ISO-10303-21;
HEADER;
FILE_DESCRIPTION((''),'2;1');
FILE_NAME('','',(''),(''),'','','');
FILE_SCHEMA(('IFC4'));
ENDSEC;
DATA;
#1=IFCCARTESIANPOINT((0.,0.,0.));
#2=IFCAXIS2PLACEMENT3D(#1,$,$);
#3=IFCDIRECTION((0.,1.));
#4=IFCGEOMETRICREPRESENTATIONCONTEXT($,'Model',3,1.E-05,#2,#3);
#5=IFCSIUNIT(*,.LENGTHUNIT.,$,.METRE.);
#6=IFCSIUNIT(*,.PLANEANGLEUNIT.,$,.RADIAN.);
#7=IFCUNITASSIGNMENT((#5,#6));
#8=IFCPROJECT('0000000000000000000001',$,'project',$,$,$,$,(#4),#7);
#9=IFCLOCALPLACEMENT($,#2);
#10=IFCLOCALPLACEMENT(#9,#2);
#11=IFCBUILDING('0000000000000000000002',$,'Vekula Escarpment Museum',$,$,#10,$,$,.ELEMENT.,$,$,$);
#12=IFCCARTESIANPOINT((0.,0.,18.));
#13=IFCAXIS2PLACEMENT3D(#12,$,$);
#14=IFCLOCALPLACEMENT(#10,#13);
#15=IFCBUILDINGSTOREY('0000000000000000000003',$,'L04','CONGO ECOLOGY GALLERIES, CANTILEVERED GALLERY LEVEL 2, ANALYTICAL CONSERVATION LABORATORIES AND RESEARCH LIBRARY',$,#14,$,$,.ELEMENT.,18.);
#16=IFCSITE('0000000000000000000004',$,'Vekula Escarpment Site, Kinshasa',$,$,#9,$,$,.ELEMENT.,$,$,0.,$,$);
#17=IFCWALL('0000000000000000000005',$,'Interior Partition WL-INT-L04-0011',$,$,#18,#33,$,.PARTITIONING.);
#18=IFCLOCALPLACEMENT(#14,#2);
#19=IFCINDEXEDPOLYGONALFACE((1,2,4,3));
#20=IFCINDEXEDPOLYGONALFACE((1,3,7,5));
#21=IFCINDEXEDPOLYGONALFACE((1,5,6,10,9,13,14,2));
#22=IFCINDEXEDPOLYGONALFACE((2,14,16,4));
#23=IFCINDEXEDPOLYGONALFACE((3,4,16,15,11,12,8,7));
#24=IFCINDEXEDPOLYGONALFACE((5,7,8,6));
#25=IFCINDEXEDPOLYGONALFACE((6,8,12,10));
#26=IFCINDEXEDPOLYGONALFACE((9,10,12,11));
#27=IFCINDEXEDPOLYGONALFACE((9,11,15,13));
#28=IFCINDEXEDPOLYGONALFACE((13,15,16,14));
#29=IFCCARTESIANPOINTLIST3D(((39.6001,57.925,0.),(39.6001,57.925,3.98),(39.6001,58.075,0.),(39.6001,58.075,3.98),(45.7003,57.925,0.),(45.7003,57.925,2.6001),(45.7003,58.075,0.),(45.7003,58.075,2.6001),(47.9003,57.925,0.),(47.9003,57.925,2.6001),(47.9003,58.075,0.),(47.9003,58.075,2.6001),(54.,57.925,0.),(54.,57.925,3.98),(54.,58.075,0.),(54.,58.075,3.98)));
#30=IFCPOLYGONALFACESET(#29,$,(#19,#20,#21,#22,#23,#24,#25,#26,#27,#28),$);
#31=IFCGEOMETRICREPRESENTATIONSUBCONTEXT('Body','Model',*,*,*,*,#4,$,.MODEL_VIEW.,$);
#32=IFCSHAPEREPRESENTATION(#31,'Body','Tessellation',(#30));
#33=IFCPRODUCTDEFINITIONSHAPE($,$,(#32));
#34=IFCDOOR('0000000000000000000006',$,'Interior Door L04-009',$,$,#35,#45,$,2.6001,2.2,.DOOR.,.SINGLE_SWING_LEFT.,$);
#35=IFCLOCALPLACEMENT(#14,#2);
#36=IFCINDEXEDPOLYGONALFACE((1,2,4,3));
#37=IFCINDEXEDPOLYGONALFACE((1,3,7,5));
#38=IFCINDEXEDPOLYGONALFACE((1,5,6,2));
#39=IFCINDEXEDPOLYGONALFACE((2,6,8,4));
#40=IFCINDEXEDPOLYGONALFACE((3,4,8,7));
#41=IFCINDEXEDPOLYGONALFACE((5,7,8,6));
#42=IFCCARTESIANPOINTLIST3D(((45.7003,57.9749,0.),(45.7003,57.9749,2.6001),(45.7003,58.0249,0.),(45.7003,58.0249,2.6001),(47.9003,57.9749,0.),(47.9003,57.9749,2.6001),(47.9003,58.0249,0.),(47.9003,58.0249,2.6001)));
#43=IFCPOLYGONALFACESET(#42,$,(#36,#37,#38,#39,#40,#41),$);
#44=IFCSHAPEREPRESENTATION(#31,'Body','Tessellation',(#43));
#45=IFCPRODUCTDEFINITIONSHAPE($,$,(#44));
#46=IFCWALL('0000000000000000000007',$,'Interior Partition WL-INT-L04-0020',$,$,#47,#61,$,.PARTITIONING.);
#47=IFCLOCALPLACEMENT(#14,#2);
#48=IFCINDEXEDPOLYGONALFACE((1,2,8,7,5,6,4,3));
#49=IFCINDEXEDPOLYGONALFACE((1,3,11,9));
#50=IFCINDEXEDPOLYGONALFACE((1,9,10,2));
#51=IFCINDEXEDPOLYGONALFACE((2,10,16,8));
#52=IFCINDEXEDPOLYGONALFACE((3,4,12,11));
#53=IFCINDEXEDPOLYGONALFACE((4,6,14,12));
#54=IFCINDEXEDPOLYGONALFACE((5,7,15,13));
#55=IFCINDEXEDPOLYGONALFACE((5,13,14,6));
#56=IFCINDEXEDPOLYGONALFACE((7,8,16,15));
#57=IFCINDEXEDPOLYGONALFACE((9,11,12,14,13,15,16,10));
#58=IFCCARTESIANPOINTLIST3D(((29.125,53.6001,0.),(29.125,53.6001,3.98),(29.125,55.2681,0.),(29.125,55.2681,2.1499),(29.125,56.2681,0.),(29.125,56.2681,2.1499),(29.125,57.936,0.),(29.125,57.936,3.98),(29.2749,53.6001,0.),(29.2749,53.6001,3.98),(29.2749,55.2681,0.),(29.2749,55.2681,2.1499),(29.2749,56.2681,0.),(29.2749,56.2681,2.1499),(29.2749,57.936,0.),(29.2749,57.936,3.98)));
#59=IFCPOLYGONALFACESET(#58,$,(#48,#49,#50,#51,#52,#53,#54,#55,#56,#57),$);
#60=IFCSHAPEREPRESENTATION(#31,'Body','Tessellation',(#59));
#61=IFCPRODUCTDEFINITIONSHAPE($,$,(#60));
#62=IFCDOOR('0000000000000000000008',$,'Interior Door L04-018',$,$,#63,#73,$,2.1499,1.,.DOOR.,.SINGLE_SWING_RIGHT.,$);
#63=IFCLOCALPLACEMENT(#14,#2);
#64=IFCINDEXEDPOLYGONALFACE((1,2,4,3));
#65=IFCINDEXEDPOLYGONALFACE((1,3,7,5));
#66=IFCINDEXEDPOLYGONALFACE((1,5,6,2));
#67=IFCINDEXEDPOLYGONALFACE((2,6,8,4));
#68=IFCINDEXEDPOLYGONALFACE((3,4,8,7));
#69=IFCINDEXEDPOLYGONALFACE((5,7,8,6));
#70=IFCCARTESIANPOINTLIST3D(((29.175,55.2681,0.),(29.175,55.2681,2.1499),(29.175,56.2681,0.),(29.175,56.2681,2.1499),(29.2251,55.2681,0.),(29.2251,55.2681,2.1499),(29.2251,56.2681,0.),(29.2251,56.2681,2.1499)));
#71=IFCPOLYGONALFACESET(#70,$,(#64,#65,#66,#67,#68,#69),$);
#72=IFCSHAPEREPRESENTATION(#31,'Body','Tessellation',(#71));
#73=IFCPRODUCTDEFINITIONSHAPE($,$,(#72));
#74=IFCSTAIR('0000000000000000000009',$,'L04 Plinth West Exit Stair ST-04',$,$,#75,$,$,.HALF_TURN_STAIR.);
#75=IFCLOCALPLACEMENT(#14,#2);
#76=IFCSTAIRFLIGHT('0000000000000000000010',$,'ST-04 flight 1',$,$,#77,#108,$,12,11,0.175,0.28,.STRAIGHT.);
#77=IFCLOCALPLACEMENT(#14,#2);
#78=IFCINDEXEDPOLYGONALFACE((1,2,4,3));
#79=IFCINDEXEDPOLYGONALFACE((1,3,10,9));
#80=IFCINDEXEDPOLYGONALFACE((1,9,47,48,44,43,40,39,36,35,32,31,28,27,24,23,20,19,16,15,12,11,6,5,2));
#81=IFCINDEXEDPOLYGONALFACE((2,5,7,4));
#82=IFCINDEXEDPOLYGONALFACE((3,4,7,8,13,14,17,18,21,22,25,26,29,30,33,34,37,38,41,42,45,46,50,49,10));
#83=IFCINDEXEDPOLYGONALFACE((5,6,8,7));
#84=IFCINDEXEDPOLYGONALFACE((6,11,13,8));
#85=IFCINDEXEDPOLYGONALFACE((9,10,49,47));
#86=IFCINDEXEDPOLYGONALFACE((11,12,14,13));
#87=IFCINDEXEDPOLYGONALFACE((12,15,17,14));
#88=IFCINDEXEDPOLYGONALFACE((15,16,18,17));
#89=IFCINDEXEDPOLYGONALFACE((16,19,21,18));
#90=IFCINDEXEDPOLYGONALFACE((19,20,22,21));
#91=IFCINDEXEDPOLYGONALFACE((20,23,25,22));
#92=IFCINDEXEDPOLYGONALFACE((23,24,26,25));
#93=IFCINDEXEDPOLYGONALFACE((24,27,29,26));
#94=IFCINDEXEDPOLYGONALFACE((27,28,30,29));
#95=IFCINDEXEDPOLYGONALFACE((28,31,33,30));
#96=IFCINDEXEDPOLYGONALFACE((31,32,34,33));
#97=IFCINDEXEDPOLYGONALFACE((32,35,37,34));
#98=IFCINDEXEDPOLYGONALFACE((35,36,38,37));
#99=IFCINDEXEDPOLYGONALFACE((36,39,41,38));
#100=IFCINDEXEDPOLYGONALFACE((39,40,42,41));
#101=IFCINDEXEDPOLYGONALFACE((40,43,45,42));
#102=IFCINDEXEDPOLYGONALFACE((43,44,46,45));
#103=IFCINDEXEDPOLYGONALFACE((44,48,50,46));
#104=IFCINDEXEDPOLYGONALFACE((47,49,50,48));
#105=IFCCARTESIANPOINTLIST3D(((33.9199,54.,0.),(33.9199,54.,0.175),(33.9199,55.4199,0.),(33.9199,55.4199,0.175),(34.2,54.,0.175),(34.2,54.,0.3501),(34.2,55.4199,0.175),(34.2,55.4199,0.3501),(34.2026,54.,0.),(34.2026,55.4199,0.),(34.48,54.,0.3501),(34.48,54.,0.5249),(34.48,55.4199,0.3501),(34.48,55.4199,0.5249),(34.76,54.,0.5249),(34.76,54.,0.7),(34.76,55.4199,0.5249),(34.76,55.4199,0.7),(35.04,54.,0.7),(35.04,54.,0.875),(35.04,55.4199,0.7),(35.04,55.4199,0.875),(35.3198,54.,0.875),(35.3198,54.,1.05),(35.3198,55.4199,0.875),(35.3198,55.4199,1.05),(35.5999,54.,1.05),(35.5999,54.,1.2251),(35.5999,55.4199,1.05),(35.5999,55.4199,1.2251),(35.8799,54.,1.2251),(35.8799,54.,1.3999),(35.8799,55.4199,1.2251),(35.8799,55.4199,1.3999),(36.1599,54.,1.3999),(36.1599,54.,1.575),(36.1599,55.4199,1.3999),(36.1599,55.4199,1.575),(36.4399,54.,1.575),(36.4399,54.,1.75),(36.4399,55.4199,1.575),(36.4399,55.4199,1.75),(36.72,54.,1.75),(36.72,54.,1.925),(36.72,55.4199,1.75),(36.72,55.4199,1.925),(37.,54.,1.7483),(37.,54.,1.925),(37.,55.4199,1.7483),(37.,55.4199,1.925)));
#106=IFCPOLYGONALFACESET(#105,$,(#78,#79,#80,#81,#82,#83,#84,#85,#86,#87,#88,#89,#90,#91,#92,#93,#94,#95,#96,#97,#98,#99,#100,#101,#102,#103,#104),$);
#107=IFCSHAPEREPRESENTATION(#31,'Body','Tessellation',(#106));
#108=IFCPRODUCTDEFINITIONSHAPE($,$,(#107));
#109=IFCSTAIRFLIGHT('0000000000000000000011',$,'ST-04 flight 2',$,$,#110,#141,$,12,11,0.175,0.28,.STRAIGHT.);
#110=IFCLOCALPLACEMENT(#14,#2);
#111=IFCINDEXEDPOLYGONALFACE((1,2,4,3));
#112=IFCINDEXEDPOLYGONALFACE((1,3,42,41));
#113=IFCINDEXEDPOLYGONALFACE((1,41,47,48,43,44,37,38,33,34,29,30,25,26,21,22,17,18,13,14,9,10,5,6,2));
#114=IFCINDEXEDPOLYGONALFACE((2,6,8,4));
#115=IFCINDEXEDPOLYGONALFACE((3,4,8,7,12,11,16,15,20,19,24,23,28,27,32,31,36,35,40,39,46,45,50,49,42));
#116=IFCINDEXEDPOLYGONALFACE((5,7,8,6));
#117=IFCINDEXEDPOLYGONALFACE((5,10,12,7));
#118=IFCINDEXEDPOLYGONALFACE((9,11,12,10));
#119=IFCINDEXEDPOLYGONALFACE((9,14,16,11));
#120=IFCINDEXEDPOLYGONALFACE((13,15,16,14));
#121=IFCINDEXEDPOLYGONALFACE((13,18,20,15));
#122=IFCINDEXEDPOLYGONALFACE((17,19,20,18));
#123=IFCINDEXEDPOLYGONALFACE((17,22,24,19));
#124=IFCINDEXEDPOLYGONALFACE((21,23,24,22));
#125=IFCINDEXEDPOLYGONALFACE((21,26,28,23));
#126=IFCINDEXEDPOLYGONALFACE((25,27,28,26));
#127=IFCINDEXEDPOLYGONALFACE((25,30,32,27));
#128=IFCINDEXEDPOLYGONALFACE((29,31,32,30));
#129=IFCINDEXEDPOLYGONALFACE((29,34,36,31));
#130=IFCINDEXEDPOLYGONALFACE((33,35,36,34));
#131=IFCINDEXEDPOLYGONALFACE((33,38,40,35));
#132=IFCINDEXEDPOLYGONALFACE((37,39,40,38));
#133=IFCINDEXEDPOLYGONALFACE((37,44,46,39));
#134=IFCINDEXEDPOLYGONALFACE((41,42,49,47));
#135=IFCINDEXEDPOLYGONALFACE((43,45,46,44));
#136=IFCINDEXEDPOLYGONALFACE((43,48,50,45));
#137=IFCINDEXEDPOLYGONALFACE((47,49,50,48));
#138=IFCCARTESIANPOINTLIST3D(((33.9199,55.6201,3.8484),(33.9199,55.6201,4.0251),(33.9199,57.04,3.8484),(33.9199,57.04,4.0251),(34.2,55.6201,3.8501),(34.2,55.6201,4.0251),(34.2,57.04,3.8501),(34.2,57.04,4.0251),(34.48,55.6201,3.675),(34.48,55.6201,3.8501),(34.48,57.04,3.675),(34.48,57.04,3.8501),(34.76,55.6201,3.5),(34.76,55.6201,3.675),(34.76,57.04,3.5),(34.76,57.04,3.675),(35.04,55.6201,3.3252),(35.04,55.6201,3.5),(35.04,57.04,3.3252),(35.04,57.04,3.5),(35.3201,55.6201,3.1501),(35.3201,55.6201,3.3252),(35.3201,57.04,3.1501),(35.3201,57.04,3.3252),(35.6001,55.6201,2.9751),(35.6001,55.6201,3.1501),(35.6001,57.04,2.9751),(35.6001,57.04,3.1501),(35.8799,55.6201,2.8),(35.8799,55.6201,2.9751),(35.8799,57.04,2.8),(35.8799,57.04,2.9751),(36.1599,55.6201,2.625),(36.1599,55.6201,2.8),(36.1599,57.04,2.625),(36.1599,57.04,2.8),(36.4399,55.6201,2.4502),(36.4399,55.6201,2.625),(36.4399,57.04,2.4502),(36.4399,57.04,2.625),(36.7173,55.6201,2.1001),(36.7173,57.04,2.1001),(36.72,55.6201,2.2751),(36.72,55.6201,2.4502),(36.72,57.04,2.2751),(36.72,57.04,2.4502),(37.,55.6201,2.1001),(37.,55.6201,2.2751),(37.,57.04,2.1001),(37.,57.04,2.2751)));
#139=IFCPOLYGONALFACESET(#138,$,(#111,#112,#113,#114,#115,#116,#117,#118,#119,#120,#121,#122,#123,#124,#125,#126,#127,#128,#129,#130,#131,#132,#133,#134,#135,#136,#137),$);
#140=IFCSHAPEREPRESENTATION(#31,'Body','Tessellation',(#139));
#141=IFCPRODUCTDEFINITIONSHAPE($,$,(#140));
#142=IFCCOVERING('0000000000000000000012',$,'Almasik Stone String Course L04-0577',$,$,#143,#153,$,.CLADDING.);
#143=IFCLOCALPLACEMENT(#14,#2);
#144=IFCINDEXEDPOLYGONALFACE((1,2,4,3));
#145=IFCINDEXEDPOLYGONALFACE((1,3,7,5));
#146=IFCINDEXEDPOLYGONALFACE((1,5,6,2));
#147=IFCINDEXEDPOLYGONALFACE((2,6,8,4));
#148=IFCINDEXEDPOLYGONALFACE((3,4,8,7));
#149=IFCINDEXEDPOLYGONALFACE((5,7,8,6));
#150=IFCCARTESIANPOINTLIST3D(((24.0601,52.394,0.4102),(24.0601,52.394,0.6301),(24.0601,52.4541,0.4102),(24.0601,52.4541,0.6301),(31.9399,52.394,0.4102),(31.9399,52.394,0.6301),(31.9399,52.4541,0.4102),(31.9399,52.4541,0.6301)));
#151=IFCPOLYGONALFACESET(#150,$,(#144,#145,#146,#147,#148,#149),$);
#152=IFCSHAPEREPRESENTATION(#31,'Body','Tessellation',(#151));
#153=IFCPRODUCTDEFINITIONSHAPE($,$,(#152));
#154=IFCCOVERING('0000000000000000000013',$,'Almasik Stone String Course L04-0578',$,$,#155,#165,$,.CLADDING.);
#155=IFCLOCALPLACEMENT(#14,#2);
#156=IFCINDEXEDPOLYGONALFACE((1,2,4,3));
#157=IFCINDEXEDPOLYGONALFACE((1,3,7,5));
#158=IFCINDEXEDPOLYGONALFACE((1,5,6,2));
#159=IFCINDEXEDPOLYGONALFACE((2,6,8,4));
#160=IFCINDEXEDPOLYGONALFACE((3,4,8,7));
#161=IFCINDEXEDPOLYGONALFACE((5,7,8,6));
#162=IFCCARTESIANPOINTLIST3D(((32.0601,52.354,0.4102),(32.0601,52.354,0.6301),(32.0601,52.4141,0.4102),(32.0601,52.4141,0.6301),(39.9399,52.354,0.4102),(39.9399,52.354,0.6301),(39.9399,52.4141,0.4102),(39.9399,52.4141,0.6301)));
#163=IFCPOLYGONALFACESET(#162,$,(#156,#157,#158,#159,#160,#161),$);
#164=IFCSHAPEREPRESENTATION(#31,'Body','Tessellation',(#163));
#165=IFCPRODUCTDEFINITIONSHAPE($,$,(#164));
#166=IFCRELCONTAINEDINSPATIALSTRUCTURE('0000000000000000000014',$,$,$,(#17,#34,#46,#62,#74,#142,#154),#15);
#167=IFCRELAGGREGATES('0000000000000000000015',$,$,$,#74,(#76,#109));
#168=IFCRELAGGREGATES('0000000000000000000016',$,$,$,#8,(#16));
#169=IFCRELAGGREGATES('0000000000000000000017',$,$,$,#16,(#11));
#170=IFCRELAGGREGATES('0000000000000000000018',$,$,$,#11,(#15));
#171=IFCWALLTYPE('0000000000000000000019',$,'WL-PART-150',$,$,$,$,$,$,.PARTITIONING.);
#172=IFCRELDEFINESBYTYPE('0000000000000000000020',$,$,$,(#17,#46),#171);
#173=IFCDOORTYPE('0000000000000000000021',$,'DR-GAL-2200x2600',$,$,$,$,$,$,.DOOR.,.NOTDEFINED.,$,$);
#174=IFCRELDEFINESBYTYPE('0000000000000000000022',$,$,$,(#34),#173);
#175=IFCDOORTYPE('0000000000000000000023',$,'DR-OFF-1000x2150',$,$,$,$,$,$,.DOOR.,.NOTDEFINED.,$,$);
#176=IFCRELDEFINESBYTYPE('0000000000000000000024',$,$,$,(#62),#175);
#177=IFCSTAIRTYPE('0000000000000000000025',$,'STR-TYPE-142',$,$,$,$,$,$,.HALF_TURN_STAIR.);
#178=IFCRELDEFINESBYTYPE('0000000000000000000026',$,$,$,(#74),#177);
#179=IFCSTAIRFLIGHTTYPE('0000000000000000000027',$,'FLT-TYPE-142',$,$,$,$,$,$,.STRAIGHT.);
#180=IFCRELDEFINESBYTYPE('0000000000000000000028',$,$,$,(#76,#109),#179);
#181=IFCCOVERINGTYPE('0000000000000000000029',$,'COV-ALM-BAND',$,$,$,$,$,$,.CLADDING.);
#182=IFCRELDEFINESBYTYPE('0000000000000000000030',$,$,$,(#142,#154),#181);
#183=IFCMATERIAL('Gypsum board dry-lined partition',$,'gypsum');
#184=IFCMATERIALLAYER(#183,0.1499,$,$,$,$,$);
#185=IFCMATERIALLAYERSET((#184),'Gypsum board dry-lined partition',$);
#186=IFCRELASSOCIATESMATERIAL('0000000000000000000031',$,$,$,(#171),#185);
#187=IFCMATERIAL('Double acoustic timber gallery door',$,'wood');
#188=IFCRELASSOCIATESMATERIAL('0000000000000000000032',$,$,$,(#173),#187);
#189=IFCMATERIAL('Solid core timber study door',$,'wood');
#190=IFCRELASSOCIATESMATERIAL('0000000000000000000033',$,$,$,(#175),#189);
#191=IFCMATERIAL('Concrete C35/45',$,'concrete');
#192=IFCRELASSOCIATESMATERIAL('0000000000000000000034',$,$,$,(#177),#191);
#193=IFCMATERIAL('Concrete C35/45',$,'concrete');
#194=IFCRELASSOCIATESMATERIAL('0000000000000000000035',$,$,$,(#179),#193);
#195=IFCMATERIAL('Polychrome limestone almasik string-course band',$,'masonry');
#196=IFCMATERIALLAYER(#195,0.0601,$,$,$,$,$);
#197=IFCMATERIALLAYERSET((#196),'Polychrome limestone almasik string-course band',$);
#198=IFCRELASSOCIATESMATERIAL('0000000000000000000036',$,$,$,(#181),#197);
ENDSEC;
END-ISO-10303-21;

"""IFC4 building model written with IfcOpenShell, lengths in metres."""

from ifc_helpers import new_model, si_unit, direction, frame, frame_2d, origin, origin_2d, place, context, subcontext, project, spatial, polyline, rectangle, outline, extrude, material, layer, layer_set, type_object, element, fill, aggregate, save


model = new_model("IFC4")

# Units and contexts
model_context = context("Model", 3, precision=1e-05, world=origin(), true_north=direction((0.0, 1.0)))
body_context = subcontext(model_context, "Body", "Model", "MODEL_VIEW")
ifc_project = project(units=[si_unit("LENGTHUNIT", "METRE"), si_unit("PLANEANGLEUNIT", "RADIAN")], contexts=[model_context])

# Site, building, storey
site_placement = place(None, origin())
site = spatial("IfcSite", under=ifc_project, at=site_placement, Name="Vekula Escarpment Site, Kinshasa", CompositionType="ELEMENT", RefElevation=0.0)
building_placement = place(site_placement, origin())
building = spatial("IfcBuilding", under=site, at=building_placement, Name="Vekula Escarpment Museum", CompositionType="ELEMENT")
storey_placement = place(building_placement, frame((0.0, 0.0, 18.0)))
storey = spatial("IfcBuildingStorey", under=building, at=storey_placement, Name="L04", Description="CONGO ECOLOGY GALLERIES, CANTILEVERED GALLERY LEVEL 2, ANALYTICAL CONSERVATION LABORATORIES AND RESEARCH LIBRARY", CompositionType="ELEMENT", Elevation=18.0)

# Walls, openings, doors
ifc_material_1 = material(Name="Gypsum board dry-lined partition", Category="gypsum")
ifc_layer_1 = layer(ifc_material_1, 0.1499)
ifc_layer_set_1 = layer_set([ifc_layer_1], Name="Gypsum board dry-lined partition")
wall_type_1 = type_object("IfcWallType", Name="WL-PART-150", PredefinedType="PARTITIONING", material=ifc_layer_set_1)
wall_1_placement = place(storey_placement, frame((39.6001, 58.0, 0.0), z_axis=(0.0, 0.0, 1.0), x_axis=(1.0, 0.0, 0.0)))
wall_1 = element("IfcWall", 1, at=wall_1_placement, inside=storey, type_object=wall_type_1, Name="Interior Partition WL-INT-L04-0011", PredefinedType="PARTITIONING", context=body_context, shape_type="SweptSolid", body=[
    extrude(rectangle(XDim=14.3999, YDim=0.1499, at=frame_2d((7.2, 0.0))), origin(), (0.0, 0.0, 1.0), 3.98),
])
opening_1_placement = place(wall_1_placement, frame((6.1001, 0.0, 0.0)))
opening_1 = element("IfcOpeningElement", 2, at=opening_1_placement, cuts=wall_1, PredefinedType="OPENING", context=body_context, shape_type="SweptSolid", body=[
    extrude(rectangle(XDim=2.2, YDim=2.6001, at=frame_2d((1.1001, 1.3))), frame((0.0, 0.085, 0.0), z_axis=(0.0, -1.0, 0.0), x_axis=(1.0, 0.0, 0.0)), (0.0, 0.0, 1.0), 0.1699),
])
ifc_material_2 = material(Name="Double acoustic timber gallery door", Category="wood")
door_type_1 = type_object("IfcDoorType", Name="DR-GAL-2200x2600", OperationType="NOTDEFINED", PredefinedType="DOOR", material=ifc_material_2)
door_1_placement = place(opening_1_placement, origin())
door_1 = element("IfcDoor", 3, at=door_1_placement, inside=storey, type_object=door_type_1, Name="Interior Door L04-009", OperationType="SINGLE_SWING_LEFT", OverallHeight=2.6001, OverallWidth=2.2, PredefinedType="DOOR", context=body_context, shape_type="SweptSolid", body=[
    extrude(rectangle(XDim=2.2, YDim=2.6001, at=frame_2d((1.1001, 1.3))), frame((0.0, 0.0249, 0.0), z_axis=(0.0, -1.0, 0.0), x_axis=(1.0, 0.0, 0.0)), (0.0, 0.0, 1.0), 0.05),
])
fill(opening_1, door_1)
wall_2_placement = place(storey_placement, frame((29.2, 53.6001, 0.0), z_axis=(0.0, 0.0, 1.0), x_axis=(0.0, 1.0, 0.0)))
wall_2 = element("IfcWall", 4, at=wall_2_placement, inside=storey, type_object=wall_type_1, Name="Interior Partition WL-INT-L04-0020", PredefinedType="PARTITIONING", context=body_context, shape_type="SweptSolid", body=[
    extrude(rectangle(XDim=4.3359, YDim=0.1499, at=frame_2d((2.168, 0.0))), origin(), (0.0, 0.0, 1.0), 3.98),
])
opening_2_placement = place(wall_2_placement, frame((1.668, 0.0, 0.0)))
opening_2 = element("IfcOpeningElement", 5, at=opening_2_placement, cuts=wall_2, PredefinedType="OPENING", context=body_context, shape_type="SweptSolid", body=[
    extrude(rectangle(XDim=1.0, YDim=2.1499, at=frame_2d((0.5, 1.075))), frame((0.0, 0.085, 0.0), z_axis=(0.0, -1.0, 0.0), x_axis=(1.0, 0.0, 0.0)), (0.0, 0.0, 1.0), 0.1699),
])
ifc_material_3 = material(Name="Solid core timber study door", Category="wood")
door_type_2 = type_object("IfcDoorType", Name="DR-OFF-1000x2150", OperationType="NOTDEFINED", PredefinedType="DOOR", material=ifc_material_3)
door_2_placement = place(opening_2_placement, origin())
door_2 = element("IfcDoor", 6, at=door_2_placement, inside=storey, type_object=door_type_2, Name="Interior Door L04-018", OperationType="SINGLE_SWING_RIGHT", OverallHeight=2.1499, OverallWidth=1.0, PredefinedType="DOOR", context=body_context, shape_type="SweptSolid", body=[
    extrude(rectangle(XDim=1.0, YDim=2.1499, at=frame_2d((0.5, 1.075))), frame((0.0, 0.0249, 0.0), z_axis=(0.0, -1.0, 0.0), x_axis=(1.0, 0.0, 0.0)), (0.0, 0.0, 1.0), 0.05),
])
fill(opening_2, door_2)

# Stair, stair flights
ifc_material_4 = material(Name="Concrete C35/45", Category="concrete")
stair_type = type_object("IfcStairType", Name="STR-TYPE-142", PredefinedType="HALF_TURN_STAIR", material=ifc_material_4)
stair_placement = place(storey_placement, origin())
stair = element("IfcStair", 7, at=stair_placement, inside=storey, type_object=stair_type, Name="L04 Plinth West Exit Stair ST-04", PredefinedType="HALF_TURN_STAIR")
ifc_material_5 = material(Name="Concrete C35/45", Category="concrete")
stair_flight_type = type_object("IfcStairFlightType", Name="FLT-TYPE-142", PredefinedType="STRAIGHT", material=ifc_material_5)
stair_flight_1_placement = place(storey_placement, frame((33.9199, 54.71, 0.0), z_axis=(0.0, 0.0, 1.0), x_axis=(1.0, 0.0, 0.0)))
stair_flight_1 = element("IfcStairFlight", 8, at=stair_flight_1_placement, type_object=stair_flight_type, Name="ST-04 flight 1", NumberOfRisers=12, NumberOfTreads=11, PredefinedType="STRAIGHT", RiserHeight=0.175, TreadLength=0.28, context=body_context, shape_type="SweptSolid", body=[
    extrude(outline(polyline([(0.0, 0.0), (0.0, 0.175), (0.28, 0.175), (0.28, 0.3501), (0.5601, 0.3501), (0.5601, 0.5249), (0.8401, 0.5249), (0.8401, 0.7), (1.1201, 0.7), (1.1201, 0.875), (1.3999, 0.875), (1.3999, 1.05), (1.6799, 1.05), (1.6799, 1.2251), (1.96, 1.2251), (1.96, 1.3999), (2.24, 1.3999), (2.24, 1.575), (2.52, 1.575), (2.52, 1.75), (2.8, 1.75), (2.8, 1.925), (3.0801, 1.925), (3.0801, 2.1001), (3.0801, 1.7483), (0.2827, 0.0), (0.0, 0.0)])), frame((0.0, 0.71, 0.0), z_axis=(0.0, -1.0, 0.0), x_axis=(1.0, 0.0, 0.0)), (0.0, 0.0, 1.0), 1.4199),
])
stair_flight_2_placement = place(storey_placement, frame((37.0, 56.3301, 2.1001), z_axis=(0.0, 0.0, 1.0), x_axis=(-1.0, 0.0, 0.0)))
stair_flight_2 = element("IfcStairFlight", 9, at=stair_flight_2_placement, type_object=stair_flight_type, Name="ST-04 flight 2", NumberOfRisers=12, NumberOfTreads=11, PredefinedType="STRAIGHT", RiserHeight=0.175, TreadLength=0.28, context=body_context, shape_type="SweptSolid", body=[
    extrude(outline(polyline([(0.0, 0.0), (0.0, 0.175), (0.28, 0.175), (0.28, 0.3501), (0.5601, 0.3501), (0.5601, 0.5249), (0.8401, 0.5249), (0.8401, 0.7), (1.1201, 0.7), (1.1201, 0.875), (1.3999, 0.875), (1.3999, 1.05), (1.6799, 1.05), (1.6799, 1.2251), (1.96, 1.2251), (1.96, 1.3999), (2.24, 1.3999), (2.24, 1.575), (2.52, 1.575), (2.52, 1.75), (2.8, 1.75), (2.8, 1.925), (3.0801, 1.925), (3.0801, 2.1001), (3.0801, 1.7483), (0.2827, 0.0), (0.0, 0.0)])), frame((0.0, 0.71, 0.0), z_axis=(0.0, -1.0, 0.0), x_axis=(1.0, 0.0, 0.0)), (0.0, 0.0, 1.0), 1.4199),
])
aggregate(stair, [stair_flight_1, stair_flight_2])

# Coverings
ifc_material_6 = material(Name="Polychrome limestone almasik string-course band", Category="masonry")
ifc_layer_2 = layer(ifc_material_6, 0.0601)
ifc_layer_set_2 = layer_set([ifc_layer_2], Name="Polychrome limestone almasik string-course band")
covering_type = type_object("IfcCoveringType", Name="COV-ALM-BAND", PredefinedType="CLADDING", material=ifc_layer_set_2)
for number, where, z_axis, x_axis, name in (
    (10, (28.0, 52.4241, 0.4102), (0.0, 0.0, 1.0), (1.0, 0.0, 0.0), "Almasik Stone String Course L04-0577"),
    (11, (36.0, 52.384, 0.4102), (0.0, 0.0, 1.0), (1.0, 0.0, 0.0), "Almasik Stone String Course L04-0578"),
):
    element("IfcCovering", number, at=place(storey_placement, frame(where, z_axis=z_axis, x_axis=x_axis)), inside=storey, type_object=covering_type, Name=name, PredefinedType="CLADDING", context=body_context, shape_type="SweptSolid", body=[
        extrude(rectangle(XDim=7.8799, YDim=0.0601, at=origin_2d()), origin(), (0.0, 0.0, 1.0), 0.22),
    ])

save(model, "model.ifc")
